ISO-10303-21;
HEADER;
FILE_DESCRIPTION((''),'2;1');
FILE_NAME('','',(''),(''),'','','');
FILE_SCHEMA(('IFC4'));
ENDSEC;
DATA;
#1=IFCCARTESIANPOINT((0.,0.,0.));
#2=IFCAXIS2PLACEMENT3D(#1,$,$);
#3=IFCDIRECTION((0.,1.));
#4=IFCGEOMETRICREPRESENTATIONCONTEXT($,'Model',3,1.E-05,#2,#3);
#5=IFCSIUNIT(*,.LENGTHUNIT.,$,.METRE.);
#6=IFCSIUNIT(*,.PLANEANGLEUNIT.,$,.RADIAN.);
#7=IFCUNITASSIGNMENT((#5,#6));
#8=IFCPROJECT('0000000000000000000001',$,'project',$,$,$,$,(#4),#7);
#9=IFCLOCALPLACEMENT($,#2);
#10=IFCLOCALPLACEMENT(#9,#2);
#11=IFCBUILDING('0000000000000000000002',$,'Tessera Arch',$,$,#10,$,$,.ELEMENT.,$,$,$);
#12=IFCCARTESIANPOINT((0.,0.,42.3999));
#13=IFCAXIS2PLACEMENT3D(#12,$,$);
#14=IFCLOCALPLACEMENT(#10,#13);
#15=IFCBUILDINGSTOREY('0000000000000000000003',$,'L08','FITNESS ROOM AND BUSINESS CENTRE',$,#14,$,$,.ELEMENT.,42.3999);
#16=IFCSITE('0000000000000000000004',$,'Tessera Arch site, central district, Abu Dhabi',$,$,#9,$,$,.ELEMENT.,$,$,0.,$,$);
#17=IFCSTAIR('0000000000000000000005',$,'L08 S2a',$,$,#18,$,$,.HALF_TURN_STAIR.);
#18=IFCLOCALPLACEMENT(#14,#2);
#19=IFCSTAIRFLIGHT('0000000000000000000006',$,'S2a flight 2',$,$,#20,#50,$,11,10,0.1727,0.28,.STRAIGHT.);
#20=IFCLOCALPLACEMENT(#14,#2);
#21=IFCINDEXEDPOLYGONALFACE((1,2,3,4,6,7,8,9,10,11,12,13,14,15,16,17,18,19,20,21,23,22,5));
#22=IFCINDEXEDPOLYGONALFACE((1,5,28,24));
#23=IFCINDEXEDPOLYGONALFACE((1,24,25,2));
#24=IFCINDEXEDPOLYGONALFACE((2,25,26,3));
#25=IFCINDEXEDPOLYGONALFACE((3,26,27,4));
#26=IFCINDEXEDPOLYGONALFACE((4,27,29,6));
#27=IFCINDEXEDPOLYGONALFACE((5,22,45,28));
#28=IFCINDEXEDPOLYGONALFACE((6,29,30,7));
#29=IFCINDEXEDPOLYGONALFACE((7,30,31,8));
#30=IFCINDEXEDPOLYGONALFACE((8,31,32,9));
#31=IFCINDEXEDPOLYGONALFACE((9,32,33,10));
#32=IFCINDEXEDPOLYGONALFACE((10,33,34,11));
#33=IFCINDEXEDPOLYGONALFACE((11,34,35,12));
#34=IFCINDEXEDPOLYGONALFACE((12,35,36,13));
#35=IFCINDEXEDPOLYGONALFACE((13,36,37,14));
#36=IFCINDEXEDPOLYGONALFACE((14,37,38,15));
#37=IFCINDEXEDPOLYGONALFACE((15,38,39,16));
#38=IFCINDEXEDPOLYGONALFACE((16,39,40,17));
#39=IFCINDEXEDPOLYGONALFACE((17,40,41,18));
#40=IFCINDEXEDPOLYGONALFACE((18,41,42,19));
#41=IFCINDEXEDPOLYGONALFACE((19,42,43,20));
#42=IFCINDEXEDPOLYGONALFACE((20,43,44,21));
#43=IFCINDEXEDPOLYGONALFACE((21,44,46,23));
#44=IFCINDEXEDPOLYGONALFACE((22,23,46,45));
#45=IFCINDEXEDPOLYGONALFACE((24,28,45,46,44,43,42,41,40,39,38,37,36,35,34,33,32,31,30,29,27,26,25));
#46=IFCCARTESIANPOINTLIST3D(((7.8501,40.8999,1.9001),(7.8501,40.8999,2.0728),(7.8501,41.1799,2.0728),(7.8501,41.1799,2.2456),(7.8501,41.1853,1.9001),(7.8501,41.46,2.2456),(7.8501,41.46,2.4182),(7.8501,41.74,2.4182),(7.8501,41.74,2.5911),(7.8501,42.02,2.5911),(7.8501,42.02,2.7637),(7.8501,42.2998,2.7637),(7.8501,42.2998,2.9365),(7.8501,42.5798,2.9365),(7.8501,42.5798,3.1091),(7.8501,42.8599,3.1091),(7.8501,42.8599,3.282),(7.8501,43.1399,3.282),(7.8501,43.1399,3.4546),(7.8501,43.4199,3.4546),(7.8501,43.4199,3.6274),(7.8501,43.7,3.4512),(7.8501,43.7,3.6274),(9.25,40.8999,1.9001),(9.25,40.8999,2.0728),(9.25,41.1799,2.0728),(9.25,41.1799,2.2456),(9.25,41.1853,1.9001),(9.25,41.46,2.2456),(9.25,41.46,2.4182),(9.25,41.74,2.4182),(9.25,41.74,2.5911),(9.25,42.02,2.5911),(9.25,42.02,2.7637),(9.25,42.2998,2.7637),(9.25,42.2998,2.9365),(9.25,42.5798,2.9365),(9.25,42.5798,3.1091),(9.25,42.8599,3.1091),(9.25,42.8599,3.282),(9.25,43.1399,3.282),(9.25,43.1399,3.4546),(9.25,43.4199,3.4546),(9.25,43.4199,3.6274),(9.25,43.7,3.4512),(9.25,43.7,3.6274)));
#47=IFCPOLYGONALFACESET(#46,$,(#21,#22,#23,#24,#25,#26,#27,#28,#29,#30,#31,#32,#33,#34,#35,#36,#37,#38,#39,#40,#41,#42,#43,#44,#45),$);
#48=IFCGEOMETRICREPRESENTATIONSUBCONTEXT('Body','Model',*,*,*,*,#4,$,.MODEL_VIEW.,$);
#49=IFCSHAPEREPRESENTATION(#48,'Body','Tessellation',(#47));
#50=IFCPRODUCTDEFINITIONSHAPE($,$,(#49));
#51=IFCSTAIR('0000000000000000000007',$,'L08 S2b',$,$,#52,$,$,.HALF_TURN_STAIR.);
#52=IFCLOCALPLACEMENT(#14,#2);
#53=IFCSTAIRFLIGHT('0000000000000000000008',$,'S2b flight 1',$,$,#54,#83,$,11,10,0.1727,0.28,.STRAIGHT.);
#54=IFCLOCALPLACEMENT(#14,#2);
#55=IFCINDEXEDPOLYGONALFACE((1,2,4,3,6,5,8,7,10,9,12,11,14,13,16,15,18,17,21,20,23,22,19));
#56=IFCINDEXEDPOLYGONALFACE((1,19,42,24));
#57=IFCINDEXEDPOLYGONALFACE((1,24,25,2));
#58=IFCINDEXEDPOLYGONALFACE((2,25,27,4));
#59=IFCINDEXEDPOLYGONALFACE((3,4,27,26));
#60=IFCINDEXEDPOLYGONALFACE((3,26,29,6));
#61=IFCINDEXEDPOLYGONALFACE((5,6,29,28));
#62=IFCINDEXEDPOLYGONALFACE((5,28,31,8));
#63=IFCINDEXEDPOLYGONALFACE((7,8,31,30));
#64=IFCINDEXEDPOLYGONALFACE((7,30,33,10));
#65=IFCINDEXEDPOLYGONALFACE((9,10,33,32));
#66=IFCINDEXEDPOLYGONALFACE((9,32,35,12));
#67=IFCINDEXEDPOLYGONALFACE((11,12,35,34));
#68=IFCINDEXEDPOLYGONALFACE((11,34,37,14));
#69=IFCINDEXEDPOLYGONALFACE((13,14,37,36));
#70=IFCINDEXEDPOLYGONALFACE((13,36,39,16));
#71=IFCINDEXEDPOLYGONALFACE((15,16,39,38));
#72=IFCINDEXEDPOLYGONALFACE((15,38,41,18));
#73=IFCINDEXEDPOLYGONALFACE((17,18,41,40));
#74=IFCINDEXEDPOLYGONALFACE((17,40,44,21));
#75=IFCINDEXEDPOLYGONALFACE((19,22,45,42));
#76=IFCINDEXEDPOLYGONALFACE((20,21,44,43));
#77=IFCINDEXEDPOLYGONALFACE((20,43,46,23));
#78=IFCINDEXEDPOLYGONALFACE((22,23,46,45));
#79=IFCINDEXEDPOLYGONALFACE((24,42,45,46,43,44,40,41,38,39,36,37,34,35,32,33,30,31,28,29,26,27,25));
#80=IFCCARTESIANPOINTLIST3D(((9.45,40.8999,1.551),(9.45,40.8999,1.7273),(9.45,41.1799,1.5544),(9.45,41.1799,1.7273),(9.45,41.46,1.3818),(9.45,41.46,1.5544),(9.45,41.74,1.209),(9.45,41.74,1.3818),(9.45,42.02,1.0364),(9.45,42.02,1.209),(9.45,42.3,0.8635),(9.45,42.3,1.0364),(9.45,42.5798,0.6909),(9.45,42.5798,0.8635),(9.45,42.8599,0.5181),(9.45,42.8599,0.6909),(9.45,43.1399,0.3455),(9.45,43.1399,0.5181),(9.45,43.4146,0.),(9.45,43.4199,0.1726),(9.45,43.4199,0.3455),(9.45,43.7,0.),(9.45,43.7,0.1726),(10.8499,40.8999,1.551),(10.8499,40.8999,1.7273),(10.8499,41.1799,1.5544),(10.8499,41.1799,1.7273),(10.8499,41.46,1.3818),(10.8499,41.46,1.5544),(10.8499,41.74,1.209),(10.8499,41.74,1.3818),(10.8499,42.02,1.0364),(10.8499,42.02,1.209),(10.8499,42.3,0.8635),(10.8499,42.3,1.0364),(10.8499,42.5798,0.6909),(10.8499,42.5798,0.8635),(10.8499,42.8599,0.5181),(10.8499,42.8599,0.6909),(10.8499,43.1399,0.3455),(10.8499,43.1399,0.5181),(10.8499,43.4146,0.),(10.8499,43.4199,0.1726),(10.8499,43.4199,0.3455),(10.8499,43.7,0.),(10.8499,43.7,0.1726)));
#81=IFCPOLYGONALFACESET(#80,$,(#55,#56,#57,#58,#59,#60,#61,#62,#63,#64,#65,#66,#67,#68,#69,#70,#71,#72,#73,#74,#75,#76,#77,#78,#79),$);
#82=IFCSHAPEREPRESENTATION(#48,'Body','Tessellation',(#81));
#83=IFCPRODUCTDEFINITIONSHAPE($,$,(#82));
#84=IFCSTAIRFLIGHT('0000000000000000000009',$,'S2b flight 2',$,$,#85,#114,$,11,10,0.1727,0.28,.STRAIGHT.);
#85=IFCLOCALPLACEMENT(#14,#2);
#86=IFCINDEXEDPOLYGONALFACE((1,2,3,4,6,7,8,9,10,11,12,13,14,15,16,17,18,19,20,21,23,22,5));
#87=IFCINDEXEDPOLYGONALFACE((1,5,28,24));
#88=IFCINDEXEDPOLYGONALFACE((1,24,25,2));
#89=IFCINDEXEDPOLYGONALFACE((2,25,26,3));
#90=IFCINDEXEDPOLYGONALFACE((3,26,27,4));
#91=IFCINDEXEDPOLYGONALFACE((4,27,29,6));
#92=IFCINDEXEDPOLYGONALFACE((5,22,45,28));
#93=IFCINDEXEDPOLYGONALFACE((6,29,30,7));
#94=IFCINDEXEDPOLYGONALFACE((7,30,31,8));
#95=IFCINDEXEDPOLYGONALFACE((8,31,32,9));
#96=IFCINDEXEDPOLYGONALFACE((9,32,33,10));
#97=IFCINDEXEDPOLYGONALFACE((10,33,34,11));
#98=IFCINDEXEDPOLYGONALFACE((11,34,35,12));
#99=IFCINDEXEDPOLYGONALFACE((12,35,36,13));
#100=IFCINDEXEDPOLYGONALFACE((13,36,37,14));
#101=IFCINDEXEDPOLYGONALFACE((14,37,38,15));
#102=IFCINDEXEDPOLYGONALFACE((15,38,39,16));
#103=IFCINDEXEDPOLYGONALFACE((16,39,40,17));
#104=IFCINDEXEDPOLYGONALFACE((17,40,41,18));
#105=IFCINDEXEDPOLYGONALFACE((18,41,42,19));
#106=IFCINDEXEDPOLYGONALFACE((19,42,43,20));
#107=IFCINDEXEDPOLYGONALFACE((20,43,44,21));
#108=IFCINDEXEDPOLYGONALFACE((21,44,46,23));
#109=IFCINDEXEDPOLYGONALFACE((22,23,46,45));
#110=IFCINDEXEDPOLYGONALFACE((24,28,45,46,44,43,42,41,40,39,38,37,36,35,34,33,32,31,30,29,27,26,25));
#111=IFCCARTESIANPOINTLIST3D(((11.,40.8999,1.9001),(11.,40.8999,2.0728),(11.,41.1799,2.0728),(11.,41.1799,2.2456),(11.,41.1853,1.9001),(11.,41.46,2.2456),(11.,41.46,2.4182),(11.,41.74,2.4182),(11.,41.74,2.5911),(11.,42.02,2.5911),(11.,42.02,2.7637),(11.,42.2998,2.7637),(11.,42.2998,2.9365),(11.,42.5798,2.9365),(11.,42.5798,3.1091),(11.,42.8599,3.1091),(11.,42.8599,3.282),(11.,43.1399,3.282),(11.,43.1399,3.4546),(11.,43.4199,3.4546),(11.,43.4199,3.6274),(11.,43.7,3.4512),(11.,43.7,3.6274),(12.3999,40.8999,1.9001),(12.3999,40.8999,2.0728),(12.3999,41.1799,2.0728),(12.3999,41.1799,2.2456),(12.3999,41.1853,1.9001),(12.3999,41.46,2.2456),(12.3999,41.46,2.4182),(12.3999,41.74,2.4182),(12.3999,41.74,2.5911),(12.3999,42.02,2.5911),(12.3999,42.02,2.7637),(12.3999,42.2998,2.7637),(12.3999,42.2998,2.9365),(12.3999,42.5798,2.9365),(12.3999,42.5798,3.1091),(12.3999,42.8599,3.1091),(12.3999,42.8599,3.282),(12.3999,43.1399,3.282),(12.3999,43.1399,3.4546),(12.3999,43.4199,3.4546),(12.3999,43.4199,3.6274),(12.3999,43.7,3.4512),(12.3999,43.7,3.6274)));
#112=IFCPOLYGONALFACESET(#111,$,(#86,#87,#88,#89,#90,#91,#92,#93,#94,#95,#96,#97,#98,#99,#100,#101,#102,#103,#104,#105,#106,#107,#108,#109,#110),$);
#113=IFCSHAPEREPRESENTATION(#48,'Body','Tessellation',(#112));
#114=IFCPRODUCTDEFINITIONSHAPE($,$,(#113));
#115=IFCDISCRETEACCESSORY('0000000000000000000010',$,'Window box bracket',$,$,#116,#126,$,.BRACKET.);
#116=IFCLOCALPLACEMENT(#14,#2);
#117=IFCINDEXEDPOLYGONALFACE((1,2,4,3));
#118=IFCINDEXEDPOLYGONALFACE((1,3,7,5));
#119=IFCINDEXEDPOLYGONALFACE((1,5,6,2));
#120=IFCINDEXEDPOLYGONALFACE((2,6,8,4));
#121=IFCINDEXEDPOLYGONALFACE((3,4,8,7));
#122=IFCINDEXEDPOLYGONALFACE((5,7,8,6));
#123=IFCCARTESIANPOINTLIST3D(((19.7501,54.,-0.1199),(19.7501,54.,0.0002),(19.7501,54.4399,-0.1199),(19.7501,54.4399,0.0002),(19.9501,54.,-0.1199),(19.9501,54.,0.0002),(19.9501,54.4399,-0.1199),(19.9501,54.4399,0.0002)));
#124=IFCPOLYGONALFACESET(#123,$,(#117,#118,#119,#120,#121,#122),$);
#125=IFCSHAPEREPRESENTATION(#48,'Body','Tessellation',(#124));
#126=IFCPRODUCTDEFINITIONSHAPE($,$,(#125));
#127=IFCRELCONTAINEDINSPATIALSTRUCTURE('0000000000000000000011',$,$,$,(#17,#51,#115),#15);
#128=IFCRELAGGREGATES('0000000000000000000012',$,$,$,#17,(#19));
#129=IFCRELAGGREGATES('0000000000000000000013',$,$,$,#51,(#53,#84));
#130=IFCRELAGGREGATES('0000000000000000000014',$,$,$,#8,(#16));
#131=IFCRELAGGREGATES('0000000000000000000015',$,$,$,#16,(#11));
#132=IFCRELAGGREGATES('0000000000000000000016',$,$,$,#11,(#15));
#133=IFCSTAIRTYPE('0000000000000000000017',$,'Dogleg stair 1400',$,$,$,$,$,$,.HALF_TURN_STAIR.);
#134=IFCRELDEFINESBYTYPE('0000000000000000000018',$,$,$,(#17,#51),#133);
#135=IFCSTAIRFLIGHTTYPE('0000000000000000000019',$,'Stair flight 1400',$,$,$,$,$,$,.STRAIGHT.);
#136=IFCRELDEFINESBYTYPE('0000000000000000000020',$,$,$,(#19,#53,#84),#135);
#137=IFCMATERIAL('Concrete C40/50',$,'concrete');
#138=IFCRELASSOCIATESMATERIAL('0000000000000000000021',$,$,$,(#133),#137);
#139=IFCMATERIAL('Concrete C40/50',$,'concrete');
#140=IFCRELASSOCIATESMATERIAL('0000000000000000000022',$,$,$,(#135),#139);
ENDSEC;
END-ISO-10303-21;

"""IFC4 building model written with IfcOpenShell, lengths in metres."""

from ifc_helpers import new_model, si_unit, direction, frame, origin, origin_2d, place, context, subcontext, project, spatial, polyline, rectangle, outline, extrude, material, type_object, element, aggregate, save


model = new_model("IFC4")

# Units and contexts
model_context = context("Model", 3, precision=1e-05, world=origin(), true_north=direction((0.0, 1.0)))
body_context = subcontext(model_context, "Body", "Model", "MODEL_VIEW")
ifc_project = project(units=[si_unit("LENGTHUNIT", "METRE"), si_unit("PLANEANGLEUNIT", "RADIAN")], contexts=[model_context])

# Site, building, storey
site_placement = place(None, origin())
site = spatial("IfcSite", under=ifc_project, at=site_placement, Name="Tessera Arch site, central district, Abu Dhabi", CompositionType="ELEMENT", RefElevation=0.0)
building_placement = place(site_placement, origin())
building = spatial("IfcBuilding", under=site, at=building_placement, Name="Tessera Arch", CompositionType="ELEMENT")
storey_placement = place(building_placement, frame((0.0, 0.0, 42.3999)))
storey = spatial("IfcBuildingStorey", under=building, at=storey_placement, Name="L08", Description="FITNESS ROOM AND BUSINESS CENTRE", CompositionType="ELEMENT", Elevation=42.3999)

# Stair, stair flight
ifc_material_1 = material(Name="Concrete C40/50", Category="concrete")
stair_type = type_object("IfcStairType", Name="Dogleg stair 1400", PredefinedType="HALF_TURN_STAIR", material=ifc_material_1)
stair_1_placement = place(storey_placement, origin())
stair_1 = element("IfcStair", 1, at=stair_1_placement, inside=storey, type_object=stair_type, Name="L08 S2a", PredefinedType="HALF_TURN_STAIR")
ifc_material_2 = material(Name="Concrete C40/50", Category="concrete")
stair_flight_type = type_object("IfcStairFlightType", Name="Stair flight 1400", PredefinedType="STRAIGHT", material=ifc_material_2)
stair_flight_1_placement = place(storey_placement, frame((8.55, 40.8999, 1.9001), z_axis=(0.0, 0.0, 1.0), x_axis=(0.0, 1.0, 0.0)))
stair_flight_1 = element("IfcStairFlight", 2, at=stair_flight_1_placement, type_object=stair_flight_type, Name="S2a flight 2", NumberOfRisers=11, NumberOfTreads=10, PredefinedType="STRAIGHT", RiserHeight=0.1727, TreadLength=0.28, context=body_context, shape_type="SweptSolid", body=[
    extrude(outline(polyline([(0.0, 0.0), (0.0, 0.1726), (0.28, 0.1726), (0.28, 0.3455), (0.5601, 0.3455), (0.5601, 0.5181), (0.8401, 0.5181), (0.8401, 0.6909), (1.1201, 0.6909), (1.1201, 0.8635), (1.3999, 0.8635), (1.3999, 1.0364), (1.6799, 1.0364), (1.6799, 1.209), (1.96, 1.209), (1.96, 1.3818), (2.24, 1.3818), (2.24, 1.5544), (2.52, 1.5544), (2.52, 1.7273), (2.8, 1.7273), (2.8, 1.8999), (2.8, 1.551), (0.2854, 0.0), (0.0, 0.0)])), frame((0.0, 0.7, 0.0), z_axis=(0.0, -1.0, 0.0), x_axis=(1.0, 0.0, 0.0)), (0.0, 0.0, 1.0), 1.3999),
])
aggregate(stair_1, [stair_flight_1])

# Stair, stair flights
stair_2_placement = place(storey_placement, origin())
stair_2 = element("IfcStair", 3, at=stair_2_placement, inside=storey, type_object=stair_type, Name="L08 S2b", PredefinedType="HALF_TURN_STAIR")
stair_flight_2_placement = place(storey_placement, frame((10.1499, 43.7, 0.0), z_axis=(0.0, 0.0, 1.0), x_axis=(0.0, -1.0, 0.0)))
stair_flight_2 = element("IfcStairFlight", 4, at=stair_flight_2_placement, type_object=stair_flight_type, Name="S2b flight 1", NumberOfRisers=11, NumberOfTreads=10, PredefinedType="STRAIGHT", RiserHeight=0.1727, TreadLength=0.28, context=body_context, shape_type="SweptSolid", body=[
    extrude(outline(polyline([(0.0, 0.0), (0.0, 0.1726), (0.28, 0.1726), (0.28, 0.3455), (0.5601, 0.3455), (0.5601, 0.5181), (0.8401, 0.5181), (0.8401, 0.6909), (1.1201, 0.6909), (1.1201, 0.8635), (1.3999, 0.8635), (1.3999, 1.0364), (1.6799, 1.0364), (1.6799, 1.209), (1.96, 1.209), (1.96, 1.3818), (2.24, 1.3818), (2.24, 1.5544), (2.52, 1.5544), (2.52, 1.7273), (2.8, 1.7273), (2.8, 1.8999), (2.8, 1.551), (0.2854, 0.0), (0.0, 0.0)])), frame((0.0, 0.7, 0.0), z_axis=(0.0, -1.0, 0.0), x_axis=(1.0, 0.0, 0.0)), (0.0, 0.0, 1.0), 1.3999),
])
stair_flight_3_placement = place(storey_placement, frame((11.7, 40.8999, 1.9001), z_axis=(0.0, 0.0, 1.0), x_axis=(0.0, 1.0, 0.0)))
stair_flight_3 = element("IfcStairFlight", 5, at=stair_flight_3_placement, type_object=stair_flight_type, Name="S2b flight 2", NumberOfRisers=11, NumberOfTreads=10, PredefinedType="STRAIGHT", RiserHeight=0.1727, TreadLength=0.28, context=body_context, shape_type="SweptSolid", body=[
    extrude(outline(polyline([(0.0, 0.0), (0.0, 0.1726), (0.28, 0.1726), (0.28, 0.3455), (0.5601, 0.3455), (0.5601, 0.5181), (0.8401, 0.5181), (0.8401, 0.6909), (1.1201, 0.6909), (1.1201, 0.8635), (1.3999, 0.8635), (1.3999, 1.0364), (1.6799, 1.0364), (1.6799, 1.209), (1.96, 1.209), (1.96, 1.3818), (2.24, 1.3818), (2.24, 1.5544), (2.52, 1.5544), (2.52, 1.7273), (2.8, 1.7273), (2.8, 1.8999), (2.8, 1.551), (0.2854, 0.0), (0.0, 0.0)])), frame((0.0, 0.7, 0.0), z_axis=(0.0, -1.0, 0.0), x_axis=(1.0, 0.0, 0.0)), (0.0, 0.0, 1.0), 1.3999),
])
aggregate(stair_2, [stair_flight_2, stair_flight_3])

# Discrete accessory
discrete_accessory_placement = place(storey_placement, frame((19.8501, 54.22, -0.1199), z_axis=(0.0, 0.0, 1.0), x_axis=(0.0, 1.0, 0.0)))
element("IfcDiscreteAccessory", 6, at=discrete_accessory_placement, inside=storey, Name="Window box bracket", PredefinedType="BRACKET", context=body_context, shape_type="SweptSolid", body=[
    extrude(rectangle(XDim=0.4399, YDim=0.2, at=origin_2d()), origin(), (0.0, 0.0, 1.0), 0.1201),
])

save(model, "model.ifc")
